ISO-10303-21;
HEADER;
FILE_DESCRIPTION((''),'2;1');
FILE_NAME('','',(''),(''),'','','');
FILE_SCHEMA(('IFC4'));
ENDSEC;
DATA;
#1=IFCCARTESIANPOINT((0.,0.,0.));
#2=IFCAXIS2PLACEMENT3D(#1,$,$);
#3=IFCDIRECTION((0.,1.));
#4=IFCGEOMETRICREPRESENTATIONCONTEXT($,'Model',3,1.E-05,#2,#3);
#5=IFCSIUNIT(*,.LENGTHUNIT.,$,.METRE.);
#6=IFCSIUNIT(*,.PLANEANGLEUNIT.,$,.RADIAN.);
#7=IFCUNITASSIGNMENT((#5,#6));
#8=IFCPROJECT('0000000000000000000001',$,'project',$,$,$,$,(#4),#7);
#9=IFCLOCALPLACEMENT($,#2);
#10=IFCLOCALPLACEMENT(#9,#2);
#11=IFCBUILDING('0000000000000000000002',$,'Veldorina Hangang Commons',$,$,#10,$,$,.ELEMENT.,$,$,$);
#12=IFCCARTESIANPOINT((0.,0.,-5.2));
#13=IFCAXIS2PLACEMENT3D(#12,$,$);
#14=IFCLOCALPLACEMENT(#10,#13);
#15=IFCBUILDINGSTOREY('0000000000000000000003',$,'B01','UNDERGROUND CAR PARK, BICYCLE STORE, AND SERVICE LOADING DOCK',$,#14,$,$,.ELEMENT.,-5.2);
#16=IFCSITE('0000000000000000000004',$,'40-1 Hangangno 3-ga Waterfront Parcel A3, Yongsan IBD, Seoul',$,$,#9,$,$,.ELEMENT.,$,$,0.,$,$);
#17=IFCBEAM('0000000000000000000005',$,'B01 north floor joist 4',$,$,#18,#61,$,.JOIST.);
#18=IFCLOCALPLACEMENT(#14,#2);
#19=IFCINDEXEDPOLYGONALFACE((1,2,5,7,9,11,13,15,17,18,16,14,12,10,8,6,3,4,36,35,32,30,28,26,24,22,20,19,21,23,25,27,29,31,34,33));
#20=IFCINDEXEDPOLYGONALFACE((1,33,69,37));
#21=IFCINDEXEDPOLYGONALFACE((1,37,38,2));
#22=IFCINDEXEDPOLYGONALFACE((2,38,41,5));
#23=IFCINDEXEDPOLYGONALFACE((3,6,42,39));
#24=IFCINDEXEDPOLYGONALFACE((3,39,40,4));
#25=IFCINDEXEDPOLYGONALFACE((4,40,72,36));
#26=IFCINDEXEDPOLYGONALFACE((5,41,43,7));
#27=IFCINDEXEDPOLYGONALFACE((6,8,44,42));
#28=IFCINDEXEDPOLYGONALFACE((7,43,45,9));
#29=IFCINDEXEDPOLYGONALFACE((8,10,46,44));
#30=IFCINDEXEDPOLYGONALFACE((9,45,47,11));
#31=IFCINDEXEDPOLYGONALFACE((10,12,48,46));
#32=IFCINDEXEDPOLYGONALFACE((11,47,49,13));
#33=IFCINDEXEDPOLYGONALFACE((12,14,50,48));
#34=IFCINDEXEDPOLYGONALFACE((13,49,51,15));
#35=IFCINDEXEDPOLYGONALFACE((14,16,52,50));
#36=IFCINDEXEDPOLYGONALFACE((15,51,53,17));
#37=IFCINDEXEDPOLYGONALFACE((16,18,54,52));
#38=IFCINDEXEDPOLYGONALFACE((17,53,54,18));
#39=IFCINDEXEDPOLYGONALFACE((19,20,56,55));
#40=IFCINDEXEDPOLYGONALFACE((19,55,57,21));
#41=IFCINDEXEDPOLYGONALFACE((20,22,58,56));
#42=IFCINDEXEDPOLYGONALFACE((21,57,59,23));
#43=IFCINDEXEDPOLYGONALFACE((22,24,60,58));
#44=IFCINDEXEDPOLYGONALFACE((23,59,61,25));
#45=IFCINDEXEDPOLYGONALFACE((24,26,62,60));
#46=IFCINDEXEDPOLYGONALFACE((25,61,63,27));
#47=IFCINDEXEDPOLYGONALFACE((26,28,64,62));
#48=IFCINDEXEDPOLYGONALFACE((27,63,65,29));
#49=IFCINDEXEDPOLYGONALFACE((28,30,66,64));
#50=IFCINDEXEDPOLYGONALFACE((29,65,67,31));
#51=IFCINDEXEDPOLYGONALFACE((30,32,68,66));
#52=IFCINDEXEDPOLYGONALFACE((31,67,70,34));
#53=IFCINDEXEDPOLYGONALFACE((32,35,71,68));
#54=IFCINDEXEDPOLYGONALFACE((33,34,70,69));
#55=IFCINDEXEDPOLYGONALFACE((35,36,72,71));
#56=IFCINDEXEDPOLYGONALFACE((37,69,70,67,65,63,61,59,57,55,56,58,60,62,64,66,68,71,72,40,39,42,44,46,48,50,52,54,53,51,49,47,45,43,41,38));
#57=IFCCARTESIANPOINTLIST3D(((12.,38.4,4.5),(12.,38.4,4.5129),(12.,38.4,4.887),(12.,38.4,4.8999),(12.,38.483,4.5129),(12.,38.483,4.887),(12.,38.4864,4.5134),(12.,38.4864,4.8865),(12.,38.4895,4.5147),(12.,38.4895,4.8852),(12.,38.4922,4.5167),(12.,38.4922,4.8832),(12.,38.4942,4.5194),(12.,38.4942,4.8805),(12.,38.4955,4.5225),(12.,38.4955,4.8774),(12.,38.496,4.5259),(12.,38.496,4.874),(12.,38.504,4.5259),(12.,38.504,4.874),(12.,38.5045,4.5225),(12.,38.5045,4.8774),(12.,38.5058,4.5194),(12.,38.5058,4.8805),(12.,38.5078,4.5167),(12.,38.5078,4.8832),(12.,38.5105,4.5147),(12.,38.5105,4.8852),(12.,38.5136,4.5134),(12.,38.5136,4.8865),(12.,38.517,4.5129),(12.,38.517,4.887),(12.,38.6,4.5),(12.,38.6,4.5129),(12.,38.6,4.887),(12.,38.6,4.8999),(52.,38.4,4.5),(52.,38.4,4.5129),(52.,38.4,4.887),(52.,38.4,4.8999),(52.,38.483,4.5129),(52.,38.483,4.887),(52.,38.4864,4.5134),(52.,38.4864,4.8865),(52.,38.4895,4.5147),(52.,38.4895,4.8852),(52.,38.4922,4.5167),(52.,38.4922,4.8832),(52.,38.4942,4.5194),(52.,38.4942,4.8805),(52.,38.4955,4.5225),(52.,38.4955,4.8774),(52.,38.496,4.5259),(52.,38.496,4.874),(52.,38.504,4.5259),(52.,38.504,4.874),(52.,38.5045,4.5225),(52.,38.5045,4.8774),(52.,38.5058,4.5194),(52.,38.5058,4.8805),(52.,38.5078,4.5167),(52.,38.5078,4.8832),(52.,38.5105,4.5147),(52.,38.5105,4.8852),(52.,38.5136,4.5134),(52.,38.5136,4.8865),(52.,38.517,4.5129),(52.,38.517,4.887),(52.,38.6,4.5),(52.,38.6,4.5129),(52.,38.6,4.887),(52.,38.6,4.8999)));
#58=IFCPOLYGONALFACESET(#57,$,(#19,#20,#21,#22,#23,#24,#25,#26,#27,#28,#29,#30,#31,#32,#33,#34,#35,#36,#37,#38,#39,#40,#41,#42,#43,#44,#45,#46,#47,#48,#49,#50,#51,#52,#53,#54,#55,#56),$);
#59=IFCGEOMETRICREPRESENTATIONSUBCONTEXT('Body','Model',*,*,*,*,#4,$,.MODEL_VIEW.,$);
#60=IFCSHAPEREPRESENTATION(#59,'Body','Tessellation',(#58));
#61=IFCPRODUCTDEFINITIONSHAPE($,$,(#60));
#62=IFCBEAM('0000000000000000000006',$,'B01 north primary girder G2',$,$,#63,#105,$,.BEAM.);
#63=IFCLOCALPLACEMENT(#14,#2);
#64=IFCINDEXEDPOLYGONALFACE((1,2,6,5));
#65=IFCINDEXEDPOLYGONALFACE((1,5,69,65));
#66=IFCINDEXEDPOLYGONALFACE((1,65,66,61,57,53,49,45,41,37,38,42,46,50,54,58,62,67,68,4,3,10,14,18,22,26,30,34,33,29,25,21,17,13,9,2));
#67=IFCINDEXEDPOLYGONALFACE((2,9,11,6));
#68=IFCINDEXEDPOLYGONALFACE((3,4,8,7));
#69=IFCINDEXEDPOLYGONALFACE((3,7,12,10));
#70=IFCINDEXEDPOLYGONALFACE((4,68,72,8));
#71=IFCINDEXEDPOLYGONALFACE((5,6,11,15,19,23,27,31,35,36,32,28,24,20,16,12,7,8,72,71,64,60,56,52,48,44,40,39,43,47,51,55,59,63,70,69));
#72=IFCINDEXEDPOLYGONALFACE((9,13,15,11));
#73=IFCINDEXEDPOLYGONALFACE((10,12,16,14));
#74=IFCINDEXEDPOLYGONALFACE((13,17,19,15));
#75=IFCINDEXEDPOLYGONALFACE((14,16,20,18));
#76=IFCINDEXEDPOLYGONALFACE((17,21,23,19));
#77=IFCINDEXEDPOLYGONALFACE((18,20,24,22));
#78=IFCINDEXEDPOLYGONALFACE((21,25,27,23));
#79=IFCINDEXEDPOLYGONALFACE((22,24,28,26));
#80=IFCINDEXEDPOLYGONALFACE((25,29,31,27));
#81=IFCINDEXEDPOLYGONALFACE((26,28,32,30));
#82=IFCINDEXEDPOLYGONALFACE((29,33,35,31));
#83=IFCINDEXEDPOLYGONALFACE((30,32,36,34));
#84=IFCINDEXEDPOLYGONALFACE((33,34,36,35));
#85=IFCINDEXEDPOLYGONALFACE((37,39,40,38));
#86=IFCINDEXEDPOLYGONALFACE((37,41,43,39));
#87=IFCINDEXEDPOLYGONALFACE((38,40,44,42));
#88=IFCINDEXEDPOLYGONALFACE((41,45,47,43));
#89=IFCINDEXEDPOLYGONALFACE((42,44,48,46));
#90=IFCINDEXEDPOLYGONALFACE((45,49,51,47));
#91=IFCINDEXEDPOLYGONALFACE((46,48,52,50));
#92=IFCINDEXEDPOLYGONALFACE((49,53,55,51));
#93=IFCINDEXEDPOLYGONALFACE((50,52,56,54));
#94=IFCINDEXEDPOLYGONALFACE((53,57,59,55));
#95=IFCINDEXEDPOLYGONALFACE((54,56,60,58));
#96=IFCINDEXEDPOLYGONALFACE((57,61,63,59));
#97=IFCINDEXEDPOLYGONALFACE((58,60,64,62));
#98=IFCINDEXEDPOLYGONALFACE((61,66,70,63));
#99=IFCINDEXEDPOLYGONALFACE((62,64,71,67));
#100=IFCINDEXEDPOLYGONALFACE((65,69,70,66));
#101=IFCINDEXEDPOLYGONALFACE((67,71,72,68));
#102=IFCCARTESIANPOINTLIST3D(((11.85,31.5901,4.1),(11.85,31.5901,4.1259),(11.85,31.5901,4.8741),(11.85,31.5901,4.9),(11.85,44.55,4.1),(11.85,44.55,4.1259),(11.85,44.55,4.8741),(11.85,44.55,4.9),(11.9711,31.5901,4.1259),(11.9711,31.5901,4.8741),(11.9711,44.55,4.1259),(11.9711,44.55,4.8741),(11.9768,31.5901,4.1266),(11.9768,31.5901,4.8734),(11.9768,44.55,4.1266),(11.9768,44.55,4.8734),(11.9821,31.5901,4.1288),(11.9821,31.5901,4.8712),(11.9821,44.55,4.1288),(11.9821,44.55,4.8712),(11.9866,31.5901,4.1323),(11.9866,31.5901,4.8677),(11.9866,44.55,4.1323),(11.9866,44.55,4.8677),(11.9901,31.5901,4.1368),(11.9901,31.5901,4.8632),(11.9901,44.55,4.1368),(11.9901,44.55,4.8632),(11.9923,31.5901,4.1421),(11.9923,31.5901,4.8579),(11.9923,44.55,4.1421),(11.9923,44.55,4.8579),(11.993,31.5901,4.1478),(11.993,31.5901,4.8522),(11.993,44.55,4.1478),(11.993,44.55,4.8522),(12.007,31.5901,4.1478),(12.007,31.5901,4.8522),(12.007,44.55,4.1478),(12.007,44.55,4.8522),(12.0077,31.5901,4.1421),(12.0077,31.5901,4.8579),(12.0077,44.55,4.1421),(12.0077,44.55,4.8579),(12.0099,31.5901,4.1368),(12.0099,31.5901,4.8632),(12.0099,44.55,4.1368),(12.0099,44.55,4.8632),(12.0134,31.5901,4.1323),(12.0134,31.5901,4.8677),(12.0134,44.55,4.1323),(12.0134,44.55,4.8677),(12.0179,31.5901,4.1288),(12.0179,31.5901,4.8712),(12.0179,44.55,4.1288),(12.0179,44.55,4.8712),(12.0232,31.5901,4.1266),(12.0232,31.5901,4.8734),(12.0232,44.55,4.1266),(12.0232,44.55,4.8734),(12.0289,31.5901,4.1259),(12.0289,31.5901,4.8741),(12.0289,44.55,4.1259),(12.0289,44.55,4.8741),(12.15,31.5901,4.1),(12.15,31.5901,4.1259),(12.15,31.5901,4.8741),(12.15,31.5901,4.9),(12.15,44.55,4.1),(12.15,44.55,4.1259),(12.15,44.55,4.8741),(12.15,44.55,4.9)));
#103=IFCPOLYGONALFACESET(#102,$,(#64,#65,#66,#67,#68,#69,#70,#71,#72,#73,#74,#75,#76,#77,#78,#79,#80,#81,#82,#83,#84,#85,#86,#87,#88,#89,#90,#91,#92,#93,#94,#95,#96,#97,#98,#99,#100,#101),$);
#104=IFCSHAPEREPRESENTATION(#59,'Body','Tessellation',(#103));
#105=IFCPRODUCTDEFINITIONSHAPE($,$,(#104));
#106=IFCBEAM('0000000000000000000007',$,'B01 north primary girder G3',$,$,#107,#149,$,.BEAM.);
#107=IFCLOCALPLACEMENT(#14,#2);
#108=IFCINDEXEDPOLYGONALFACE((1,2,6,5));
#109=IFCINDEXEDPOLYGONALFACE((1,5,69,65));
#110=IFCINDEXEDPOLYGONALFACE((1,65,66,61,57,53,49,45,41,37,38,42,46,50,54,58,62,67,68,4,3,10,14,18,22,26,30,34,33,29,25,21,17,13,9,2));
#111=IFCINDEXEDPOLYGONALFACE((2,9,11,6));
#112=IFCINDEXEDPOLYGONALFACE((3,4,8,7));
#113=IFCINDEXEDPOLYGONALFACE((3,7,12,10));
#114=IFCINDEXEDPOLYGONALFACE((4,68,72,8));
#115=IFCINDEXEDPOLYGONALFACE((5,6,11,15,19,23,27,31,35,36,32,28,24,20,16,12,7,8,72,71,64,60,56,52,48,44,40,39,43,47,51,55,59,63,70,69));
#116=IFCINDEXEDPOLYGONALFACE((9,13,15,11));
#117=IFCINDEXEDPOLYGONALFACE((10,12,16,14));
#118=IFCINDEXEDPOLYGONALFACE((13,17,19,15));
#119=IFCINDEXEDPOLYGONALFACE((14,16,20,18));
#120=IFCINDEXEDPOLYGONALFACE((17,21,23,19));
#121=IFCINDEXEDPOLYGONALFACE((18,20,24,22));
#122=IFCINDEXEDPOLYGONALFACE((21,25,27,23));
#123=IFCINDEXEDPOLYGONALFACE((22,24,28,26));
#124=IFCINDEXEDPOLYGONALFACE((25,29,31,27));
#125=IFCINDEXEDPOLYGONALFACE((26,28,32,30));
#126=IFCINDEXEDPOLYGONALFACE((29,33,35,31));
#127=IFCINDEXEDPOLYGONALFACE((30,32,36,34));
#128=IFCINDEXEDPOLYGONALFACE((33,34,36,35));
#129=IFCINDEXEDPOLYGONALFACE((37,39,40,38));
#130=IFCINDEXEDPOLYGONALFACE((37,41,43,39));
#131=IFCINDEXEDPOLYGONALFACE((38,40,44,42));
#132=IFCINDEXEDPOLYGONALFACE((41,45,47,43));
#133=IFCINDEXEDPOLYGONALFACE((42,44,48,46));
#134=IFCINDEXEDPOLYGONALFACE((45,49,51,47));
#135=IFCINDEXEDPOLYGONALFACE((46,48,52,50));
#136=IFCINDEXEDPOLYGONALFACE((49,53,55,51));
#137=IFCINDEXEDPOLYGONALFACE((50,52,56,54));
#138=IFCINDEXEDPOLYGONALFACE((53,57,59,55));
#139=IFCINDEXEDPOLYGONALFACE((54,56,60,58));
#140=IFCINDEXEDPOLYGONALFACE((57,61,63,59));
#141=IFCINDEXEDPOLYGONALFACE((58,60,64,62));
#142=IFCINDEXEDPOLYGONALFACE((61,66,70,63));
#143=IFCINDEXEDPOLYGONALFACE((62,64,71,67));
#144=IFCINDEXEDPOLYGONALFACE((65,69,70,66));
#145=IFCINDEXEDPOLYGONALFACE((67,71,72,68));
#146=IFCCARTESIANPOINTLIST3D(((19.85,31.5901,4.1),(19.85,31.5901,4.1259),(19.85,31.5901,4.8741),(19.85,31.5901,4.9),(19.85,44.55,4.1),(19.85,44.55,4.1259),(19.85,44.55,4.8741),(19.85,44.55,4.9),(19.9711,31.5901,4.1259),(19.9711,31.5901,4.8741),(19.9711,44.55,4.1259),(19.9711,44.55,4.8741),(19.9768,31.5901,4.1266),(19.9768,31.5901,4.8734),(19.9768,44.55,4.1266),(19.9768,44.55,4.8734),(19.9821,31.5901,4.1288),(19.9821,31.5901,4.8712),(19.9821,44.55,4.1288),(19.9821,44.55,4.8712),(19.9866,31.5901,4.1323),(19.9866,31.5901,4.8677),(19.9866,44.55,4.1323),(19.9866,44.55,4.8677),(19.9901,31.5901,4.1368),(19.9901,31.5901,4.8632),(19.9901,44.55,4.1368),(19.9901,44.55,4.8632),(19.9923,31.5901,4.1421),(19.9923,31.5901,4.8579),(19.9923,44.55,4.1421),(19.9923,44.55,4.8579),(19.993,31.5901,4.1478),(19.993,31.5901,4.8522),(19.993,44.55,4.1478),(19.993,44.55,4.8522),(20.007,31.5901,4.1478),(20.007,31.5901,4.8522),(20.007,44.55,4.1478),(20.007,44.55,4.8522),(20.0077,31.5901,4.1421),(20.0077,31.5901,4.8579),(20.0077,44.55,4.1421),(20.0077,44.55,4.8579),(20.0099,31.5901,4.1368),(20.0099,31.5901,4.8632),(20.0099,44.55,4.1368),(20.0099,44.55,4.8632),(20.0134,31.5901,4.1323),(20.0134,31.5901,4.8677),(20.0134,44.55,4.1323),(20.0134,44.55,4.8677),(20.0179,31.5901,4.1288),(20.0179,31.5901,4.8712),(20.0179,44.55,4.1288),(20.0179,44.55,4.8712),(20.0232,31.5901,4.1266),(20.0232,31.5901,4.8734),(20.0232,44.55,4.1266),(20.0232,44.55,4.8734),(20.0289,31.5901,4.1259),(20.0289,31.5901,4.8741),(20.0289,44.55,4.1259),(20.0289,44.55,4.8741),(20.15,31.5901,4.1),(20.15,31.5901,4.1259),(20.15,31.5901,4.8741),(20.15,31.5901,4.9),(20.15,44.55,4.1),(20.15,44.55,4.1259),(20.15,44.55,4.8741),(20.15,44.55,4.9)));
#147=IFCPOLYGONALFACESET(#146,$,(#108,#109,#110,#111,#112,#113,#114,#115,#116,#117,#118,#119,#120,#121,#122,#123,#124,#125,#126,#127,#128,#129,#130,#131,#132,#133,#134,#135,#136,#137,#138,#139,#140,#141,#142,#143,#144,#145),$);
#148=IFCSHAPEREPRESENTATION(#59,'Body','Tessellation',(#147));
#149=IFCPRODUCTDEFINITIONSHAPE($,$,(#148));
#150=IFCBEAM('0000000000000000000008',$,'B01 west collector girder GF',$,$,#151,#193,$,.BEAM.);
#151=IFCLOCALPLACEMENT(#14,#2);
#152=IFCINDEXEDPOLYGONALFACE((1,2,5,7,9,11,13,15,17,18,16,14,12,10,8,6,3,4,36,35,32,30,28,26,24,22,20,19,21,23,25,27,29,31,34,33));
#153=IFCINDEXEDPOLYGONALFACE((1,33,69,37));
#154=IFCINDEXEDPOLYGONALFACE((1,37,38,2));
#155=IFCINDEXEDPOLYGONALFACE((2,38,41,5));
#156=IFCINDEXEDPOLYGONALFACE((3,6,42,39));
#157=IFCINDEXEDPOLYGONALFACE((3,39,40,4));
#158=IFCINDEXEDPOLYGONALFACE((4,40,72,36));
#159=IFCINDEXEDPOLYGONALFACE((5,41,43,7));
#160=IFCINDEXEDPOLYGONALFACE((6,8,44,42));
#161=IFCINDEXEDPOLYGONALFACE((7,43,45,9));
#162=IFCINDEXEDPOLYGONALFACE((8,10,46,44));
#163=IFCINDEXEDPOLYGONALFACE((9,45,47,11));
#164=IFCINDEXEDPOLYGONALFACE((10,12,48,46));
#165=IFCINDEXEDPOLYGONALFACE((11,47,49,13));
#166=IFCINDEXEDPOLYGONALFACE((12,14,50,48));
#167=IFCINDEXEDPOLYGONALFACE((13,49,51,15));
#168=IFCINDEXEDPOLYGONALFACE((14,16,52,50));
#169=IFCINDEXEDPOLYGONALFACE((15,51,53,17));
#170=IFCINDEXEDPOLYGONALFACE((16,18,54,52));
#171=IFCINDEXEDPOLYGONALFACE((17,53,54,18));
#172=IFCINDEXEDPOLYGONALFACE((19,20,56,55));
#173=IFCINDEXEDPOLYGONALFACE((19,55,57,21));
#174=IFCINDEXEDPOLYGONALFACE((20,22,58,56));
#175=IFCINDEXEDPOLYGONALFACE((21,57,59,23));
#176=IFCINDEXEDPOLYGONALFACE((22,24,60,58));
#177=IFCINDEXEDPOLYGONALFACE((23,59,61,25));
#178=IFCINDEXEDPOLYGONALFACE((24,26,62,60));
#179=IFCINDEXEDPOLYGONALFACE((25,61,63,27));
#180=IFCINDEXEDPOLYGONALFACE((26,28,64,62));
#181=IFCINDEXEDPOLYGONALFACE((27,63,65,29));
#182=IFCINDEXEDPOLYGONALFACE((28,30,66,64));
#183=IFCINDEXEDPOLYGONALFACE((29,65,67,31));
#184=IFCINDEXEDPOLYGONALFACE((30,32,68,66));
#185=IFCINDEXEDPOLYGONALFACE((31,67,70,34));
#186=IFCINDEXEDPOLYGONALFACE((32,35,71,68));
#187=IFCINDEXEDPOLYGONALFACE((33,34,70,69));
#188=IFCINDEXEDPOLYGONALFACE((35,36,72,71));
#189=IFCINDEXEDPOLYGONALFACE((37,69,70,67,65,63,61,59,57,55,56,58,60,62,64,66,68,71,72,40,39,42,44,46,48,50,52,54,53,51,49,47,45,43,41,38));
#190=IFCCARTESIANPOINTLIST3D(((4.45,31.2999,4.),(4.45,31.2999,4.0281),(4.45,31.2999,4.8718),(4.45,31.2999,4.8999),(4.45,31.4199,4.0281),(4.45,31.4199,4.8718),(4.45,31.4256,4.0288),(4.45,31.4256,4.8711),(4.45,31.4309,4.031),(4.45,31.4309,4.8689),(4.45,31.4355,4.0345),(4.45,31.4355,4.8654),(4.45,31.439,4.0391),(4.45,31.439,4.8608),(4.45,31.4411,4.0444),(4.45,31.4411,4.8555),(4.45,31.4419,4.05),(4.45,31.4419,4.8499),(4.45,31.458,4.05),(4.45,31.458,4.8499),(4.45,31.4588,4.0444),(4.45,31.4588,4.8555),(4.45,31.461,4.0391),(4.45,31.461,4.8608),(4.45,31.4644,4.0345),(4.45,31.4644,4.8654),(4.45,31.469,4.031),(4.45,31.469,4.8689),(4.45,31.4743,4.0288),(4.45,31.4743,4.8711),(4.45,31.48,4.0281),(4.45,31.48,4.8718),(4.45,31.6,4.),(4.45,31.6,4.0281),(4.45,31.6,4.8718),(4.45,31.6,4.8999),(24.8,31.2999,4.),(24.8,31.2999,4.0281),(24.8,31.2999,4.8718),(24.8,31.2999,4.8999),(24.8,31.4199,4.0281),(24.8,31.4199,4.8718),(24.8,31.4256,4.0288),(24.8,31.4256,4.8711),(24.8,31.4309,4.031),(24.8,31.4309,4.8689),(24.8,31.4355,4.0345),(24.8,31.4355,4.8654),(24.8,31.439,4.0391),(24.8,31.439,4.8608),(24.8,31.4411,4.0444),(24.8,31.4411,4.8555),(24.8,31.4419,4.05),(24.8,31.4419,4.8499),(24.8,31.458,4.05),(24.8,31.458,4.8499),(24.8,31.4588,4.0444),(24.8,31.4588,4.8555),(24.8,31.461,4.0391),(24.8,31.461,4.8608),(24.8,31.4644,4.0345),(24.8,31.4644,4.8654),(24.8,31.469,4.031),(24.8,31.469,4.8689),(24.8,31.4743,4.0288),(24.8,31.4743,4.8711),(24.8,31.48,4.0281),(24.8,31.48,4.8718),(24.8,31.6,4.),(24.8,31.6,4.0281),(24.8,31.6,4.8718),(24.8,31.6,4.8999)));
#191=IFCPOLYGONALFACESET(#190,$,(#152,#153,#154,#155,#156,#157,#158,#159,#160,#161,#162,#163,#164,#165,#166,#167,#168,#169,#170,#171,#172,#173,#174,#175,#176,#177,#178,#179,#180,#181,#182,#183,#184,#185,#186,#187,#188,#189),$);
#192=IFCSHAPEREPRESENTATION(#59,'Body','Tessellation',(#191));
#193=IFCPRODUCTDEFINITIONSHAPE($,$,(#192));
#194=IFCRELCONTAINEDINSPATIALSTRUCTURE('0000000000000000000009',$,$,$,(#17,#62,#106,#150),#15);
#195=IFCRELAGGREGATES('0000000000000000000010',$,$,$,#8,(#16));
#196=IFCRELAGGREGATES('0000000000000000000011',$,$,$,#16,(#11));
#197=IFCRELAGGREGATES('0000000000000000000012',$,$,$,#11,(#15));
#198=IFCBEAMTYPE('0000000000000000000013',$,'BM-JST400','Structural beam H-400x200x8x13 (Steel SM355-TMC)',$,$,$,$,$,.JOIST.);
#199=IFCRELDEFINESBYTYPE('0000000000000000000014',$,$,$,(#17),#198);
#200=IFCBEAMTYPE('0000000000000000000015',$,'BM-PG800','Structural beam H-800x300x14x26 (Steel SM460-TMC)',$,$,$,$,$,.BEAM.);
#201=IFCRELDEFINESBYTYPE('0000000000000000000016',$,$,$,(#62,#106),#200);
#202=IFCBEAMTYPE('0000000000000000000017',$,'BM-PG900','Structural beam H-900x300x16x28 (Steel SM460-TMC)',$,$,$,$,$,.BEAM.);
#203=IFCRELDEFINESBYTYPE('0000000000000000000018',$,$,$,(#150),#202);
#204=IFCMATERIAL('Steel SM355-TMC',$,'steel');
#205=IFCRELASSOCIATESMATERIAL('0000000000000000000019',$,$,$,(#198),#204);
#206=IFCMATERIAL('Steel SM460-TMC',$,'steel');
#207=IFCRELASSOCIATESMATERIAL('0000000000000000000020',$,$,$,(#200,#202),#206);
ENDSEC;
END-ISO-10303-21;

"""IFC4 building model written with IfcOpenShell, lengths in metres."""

from ifc_helpers import new_model, si_unit, direction, frame, origin, origin_2d, place, context, subcontext, project, spatial, i_section, extrude, material, material_profile, profile_set, type_object, element, save


model = new_model("IFC4")

# Units and contexts
model_context = context("Model", 3, precision=1e-05, world=origin(), true_north=direction((0.0, 1.0)))
body_context = subcontext(model_context, "Body", "Model", "MODEL_VIEW")
ifc_project = project(units=[si_unit("LENGTHUNIT", "METRE"), si_unit("PLANEANGLEUNIT", "RADIAN")], contexts=[model_context])

# Site, building, storey
site_placement = place(None, origin())
site = spatial("IfcSite", under=ifc_project, at=site_placement, Name="40-1 Hangangno 3-ga Waterfront Parcel A3, Yongsan IBD, Seoul", CompositionType="ELEMENT", RefElevation=0.0)
building_placement = place(site_placement, origin())
building = spatial("IfcBuilding", under=site, at=building_placement, Name="Veldorina Hangang Commons", CompositionType="ELEMENT")
storey_placement = place(building_placement, frame((0.0, 0.0, -5.2)))
storey = spatial("IfcBuildingStorey", under=building, at=storey_placement, Name="B01", Description="UNDERGROUND CAR PARK, BICYCLE STORE, AND SERVICE LOADING DOCK", CompositionType="ELEMENT", Elevation=-5.2)

# Shared definitions
ifc_material_1 = material(Name="Steel SM355-TMC", Category="steel")

# Beams
ifc_material_profile_1 = material_profile(ifc_material_1, i_section(OverallWidth=0.2, OverallDepth=0.3999, WebThickness=0.0081, FlangeThickness=0.0129, FilletRadius=0.0129, at=origin_2d()), Name="H-400x200x8x13")
ifc_profile_set_1 = profile_set([ifc_material_profile_1], Name="Steel SM355-TMC")
beam_type_1 = type_object("IfcBeamType", Name="BM-JST400", Description="Structural beam H-400x200x8x13 (Steel SM355-TMC)", PredefinedType="JOIST", material=ifc_profile_set_1)
beam_1_placement = place(storey_placement, frame((12.0, 38.5, 4.7), z_axis=(1.0, 0.0, 0.0), x_axis=(0.0, 1.0, 0.0)))
element("IfcBeam", 1, at=beam_1_placement, inside=storey, type_object=beam_type_1, Name="B01 north floor joist 4", PredefinedType="JOIST", context=body_context, shape_type="SweptSolid", body=[
    extrude(i_section(OverallWidth=0.2, OverallDepth=0.3999, WebThickness=0.0081, FlangeThickness=0.0129, FilletRadius=0.0129, at=origin_2d()), origin(), (0.0, 0.0, 1.0), 40.0),
])
ifc_material_2 = material(Name="Steel SM460-TMC", Category="steel")
ifc_material_profile_2 = material_profile(ifc_material_2, i_section(OverallWidth=0.3, OverallDepth=0.8, WebThickness=0.0139, FlangeThickness=0.0259, FilletRadius=0.022, at=origin_2d()), Name="H-800x300x14x26")
ifc_profile_set_2 = profile_set([ifc_material_profile_2], Name="Steel SM460-TMC")
beam_type_2 = type_object("IfcBeamType", Name="BM-PG800", Description="Structural beam H-800x300x14x26 (Steel SM460-TMC)", PredefinedType="BEAM", material=ifc_profile_set_2)
for number, where, z_axis, x_axis, name in (
    (2, (12.0, 31.5901, 4.5), (0.0, 1.0, 0.0), (-1.0, 0.0, 0.0), "B01 north primary girder G2"),
    (3, (20.0, 31.5901, 4.5), (0.0, 1.0, 0.0), (-1.0, 0.0, 0.0), "B01 north primary girder G3"),
):
    element("IfcBeam", number, at=place(storey_placement, frame(where, z_axis=z_axis, x_axis=x_axis)), inside=storey, type_object=beam_type_2, Name=name, PredefinedType="BEAM", context=body_context, shape_type="SweptSolid", body=[
        extrude(i_section(OverallWidth=0.3, OverallDepth=0.8, WebThickness=0.0139, FlangeThickness=0.0259, FilletRadius=0.022, at=origin_2d()), origin(), (0.0, 0.0, 1.0), 12.96),
    ])
ifc_material_profile_3 = material_profile(ifc_material_2, i_section(OverallWidth=0.3, OverallDepth=0.8999, WebThickness=0.0161, FlangeThickness=0.0281, FilletRadius=0.022, at=origin_2d()), Name="H-900x300x16x28")
ifc_profile_set_3 = profile_set([ifc_material_profile_3], Name="Steel SM460-TMC")
beam_type_3 = type_object("IfcBeamType", Name="BM-PG900", Description="Structural beam H-900x300x16x28 (Steel SM460-TMC)", PredefinedType="BEAM", material=ifc_profile_set_3)
beam_2_placement = place(storey_placement, frame((4.45, 31.45, 4.45), z_axis=(1.0, 0.0, 0.0), x_axis=(0.0, 1.0, 0.0)))
element("IfcBeam", 4, at=beam_2_placement, inside=storey, type_object=beam_type_3, Name="B01 west collector girder GF", PredefinedType="BEAM", context=body_context, shape_type="SweptSolid", body=[
    extrude(i_section(OverallWidth=0.3, OverallDepth=0.8999, WebThickness=0.0161, FlangeThickness=0.0281, FilletRadius=0.022, at=origin_2d()), origin(), (0.0, 0.0, 1.0), 20.3501),
])

save(model, "model.ifc")
